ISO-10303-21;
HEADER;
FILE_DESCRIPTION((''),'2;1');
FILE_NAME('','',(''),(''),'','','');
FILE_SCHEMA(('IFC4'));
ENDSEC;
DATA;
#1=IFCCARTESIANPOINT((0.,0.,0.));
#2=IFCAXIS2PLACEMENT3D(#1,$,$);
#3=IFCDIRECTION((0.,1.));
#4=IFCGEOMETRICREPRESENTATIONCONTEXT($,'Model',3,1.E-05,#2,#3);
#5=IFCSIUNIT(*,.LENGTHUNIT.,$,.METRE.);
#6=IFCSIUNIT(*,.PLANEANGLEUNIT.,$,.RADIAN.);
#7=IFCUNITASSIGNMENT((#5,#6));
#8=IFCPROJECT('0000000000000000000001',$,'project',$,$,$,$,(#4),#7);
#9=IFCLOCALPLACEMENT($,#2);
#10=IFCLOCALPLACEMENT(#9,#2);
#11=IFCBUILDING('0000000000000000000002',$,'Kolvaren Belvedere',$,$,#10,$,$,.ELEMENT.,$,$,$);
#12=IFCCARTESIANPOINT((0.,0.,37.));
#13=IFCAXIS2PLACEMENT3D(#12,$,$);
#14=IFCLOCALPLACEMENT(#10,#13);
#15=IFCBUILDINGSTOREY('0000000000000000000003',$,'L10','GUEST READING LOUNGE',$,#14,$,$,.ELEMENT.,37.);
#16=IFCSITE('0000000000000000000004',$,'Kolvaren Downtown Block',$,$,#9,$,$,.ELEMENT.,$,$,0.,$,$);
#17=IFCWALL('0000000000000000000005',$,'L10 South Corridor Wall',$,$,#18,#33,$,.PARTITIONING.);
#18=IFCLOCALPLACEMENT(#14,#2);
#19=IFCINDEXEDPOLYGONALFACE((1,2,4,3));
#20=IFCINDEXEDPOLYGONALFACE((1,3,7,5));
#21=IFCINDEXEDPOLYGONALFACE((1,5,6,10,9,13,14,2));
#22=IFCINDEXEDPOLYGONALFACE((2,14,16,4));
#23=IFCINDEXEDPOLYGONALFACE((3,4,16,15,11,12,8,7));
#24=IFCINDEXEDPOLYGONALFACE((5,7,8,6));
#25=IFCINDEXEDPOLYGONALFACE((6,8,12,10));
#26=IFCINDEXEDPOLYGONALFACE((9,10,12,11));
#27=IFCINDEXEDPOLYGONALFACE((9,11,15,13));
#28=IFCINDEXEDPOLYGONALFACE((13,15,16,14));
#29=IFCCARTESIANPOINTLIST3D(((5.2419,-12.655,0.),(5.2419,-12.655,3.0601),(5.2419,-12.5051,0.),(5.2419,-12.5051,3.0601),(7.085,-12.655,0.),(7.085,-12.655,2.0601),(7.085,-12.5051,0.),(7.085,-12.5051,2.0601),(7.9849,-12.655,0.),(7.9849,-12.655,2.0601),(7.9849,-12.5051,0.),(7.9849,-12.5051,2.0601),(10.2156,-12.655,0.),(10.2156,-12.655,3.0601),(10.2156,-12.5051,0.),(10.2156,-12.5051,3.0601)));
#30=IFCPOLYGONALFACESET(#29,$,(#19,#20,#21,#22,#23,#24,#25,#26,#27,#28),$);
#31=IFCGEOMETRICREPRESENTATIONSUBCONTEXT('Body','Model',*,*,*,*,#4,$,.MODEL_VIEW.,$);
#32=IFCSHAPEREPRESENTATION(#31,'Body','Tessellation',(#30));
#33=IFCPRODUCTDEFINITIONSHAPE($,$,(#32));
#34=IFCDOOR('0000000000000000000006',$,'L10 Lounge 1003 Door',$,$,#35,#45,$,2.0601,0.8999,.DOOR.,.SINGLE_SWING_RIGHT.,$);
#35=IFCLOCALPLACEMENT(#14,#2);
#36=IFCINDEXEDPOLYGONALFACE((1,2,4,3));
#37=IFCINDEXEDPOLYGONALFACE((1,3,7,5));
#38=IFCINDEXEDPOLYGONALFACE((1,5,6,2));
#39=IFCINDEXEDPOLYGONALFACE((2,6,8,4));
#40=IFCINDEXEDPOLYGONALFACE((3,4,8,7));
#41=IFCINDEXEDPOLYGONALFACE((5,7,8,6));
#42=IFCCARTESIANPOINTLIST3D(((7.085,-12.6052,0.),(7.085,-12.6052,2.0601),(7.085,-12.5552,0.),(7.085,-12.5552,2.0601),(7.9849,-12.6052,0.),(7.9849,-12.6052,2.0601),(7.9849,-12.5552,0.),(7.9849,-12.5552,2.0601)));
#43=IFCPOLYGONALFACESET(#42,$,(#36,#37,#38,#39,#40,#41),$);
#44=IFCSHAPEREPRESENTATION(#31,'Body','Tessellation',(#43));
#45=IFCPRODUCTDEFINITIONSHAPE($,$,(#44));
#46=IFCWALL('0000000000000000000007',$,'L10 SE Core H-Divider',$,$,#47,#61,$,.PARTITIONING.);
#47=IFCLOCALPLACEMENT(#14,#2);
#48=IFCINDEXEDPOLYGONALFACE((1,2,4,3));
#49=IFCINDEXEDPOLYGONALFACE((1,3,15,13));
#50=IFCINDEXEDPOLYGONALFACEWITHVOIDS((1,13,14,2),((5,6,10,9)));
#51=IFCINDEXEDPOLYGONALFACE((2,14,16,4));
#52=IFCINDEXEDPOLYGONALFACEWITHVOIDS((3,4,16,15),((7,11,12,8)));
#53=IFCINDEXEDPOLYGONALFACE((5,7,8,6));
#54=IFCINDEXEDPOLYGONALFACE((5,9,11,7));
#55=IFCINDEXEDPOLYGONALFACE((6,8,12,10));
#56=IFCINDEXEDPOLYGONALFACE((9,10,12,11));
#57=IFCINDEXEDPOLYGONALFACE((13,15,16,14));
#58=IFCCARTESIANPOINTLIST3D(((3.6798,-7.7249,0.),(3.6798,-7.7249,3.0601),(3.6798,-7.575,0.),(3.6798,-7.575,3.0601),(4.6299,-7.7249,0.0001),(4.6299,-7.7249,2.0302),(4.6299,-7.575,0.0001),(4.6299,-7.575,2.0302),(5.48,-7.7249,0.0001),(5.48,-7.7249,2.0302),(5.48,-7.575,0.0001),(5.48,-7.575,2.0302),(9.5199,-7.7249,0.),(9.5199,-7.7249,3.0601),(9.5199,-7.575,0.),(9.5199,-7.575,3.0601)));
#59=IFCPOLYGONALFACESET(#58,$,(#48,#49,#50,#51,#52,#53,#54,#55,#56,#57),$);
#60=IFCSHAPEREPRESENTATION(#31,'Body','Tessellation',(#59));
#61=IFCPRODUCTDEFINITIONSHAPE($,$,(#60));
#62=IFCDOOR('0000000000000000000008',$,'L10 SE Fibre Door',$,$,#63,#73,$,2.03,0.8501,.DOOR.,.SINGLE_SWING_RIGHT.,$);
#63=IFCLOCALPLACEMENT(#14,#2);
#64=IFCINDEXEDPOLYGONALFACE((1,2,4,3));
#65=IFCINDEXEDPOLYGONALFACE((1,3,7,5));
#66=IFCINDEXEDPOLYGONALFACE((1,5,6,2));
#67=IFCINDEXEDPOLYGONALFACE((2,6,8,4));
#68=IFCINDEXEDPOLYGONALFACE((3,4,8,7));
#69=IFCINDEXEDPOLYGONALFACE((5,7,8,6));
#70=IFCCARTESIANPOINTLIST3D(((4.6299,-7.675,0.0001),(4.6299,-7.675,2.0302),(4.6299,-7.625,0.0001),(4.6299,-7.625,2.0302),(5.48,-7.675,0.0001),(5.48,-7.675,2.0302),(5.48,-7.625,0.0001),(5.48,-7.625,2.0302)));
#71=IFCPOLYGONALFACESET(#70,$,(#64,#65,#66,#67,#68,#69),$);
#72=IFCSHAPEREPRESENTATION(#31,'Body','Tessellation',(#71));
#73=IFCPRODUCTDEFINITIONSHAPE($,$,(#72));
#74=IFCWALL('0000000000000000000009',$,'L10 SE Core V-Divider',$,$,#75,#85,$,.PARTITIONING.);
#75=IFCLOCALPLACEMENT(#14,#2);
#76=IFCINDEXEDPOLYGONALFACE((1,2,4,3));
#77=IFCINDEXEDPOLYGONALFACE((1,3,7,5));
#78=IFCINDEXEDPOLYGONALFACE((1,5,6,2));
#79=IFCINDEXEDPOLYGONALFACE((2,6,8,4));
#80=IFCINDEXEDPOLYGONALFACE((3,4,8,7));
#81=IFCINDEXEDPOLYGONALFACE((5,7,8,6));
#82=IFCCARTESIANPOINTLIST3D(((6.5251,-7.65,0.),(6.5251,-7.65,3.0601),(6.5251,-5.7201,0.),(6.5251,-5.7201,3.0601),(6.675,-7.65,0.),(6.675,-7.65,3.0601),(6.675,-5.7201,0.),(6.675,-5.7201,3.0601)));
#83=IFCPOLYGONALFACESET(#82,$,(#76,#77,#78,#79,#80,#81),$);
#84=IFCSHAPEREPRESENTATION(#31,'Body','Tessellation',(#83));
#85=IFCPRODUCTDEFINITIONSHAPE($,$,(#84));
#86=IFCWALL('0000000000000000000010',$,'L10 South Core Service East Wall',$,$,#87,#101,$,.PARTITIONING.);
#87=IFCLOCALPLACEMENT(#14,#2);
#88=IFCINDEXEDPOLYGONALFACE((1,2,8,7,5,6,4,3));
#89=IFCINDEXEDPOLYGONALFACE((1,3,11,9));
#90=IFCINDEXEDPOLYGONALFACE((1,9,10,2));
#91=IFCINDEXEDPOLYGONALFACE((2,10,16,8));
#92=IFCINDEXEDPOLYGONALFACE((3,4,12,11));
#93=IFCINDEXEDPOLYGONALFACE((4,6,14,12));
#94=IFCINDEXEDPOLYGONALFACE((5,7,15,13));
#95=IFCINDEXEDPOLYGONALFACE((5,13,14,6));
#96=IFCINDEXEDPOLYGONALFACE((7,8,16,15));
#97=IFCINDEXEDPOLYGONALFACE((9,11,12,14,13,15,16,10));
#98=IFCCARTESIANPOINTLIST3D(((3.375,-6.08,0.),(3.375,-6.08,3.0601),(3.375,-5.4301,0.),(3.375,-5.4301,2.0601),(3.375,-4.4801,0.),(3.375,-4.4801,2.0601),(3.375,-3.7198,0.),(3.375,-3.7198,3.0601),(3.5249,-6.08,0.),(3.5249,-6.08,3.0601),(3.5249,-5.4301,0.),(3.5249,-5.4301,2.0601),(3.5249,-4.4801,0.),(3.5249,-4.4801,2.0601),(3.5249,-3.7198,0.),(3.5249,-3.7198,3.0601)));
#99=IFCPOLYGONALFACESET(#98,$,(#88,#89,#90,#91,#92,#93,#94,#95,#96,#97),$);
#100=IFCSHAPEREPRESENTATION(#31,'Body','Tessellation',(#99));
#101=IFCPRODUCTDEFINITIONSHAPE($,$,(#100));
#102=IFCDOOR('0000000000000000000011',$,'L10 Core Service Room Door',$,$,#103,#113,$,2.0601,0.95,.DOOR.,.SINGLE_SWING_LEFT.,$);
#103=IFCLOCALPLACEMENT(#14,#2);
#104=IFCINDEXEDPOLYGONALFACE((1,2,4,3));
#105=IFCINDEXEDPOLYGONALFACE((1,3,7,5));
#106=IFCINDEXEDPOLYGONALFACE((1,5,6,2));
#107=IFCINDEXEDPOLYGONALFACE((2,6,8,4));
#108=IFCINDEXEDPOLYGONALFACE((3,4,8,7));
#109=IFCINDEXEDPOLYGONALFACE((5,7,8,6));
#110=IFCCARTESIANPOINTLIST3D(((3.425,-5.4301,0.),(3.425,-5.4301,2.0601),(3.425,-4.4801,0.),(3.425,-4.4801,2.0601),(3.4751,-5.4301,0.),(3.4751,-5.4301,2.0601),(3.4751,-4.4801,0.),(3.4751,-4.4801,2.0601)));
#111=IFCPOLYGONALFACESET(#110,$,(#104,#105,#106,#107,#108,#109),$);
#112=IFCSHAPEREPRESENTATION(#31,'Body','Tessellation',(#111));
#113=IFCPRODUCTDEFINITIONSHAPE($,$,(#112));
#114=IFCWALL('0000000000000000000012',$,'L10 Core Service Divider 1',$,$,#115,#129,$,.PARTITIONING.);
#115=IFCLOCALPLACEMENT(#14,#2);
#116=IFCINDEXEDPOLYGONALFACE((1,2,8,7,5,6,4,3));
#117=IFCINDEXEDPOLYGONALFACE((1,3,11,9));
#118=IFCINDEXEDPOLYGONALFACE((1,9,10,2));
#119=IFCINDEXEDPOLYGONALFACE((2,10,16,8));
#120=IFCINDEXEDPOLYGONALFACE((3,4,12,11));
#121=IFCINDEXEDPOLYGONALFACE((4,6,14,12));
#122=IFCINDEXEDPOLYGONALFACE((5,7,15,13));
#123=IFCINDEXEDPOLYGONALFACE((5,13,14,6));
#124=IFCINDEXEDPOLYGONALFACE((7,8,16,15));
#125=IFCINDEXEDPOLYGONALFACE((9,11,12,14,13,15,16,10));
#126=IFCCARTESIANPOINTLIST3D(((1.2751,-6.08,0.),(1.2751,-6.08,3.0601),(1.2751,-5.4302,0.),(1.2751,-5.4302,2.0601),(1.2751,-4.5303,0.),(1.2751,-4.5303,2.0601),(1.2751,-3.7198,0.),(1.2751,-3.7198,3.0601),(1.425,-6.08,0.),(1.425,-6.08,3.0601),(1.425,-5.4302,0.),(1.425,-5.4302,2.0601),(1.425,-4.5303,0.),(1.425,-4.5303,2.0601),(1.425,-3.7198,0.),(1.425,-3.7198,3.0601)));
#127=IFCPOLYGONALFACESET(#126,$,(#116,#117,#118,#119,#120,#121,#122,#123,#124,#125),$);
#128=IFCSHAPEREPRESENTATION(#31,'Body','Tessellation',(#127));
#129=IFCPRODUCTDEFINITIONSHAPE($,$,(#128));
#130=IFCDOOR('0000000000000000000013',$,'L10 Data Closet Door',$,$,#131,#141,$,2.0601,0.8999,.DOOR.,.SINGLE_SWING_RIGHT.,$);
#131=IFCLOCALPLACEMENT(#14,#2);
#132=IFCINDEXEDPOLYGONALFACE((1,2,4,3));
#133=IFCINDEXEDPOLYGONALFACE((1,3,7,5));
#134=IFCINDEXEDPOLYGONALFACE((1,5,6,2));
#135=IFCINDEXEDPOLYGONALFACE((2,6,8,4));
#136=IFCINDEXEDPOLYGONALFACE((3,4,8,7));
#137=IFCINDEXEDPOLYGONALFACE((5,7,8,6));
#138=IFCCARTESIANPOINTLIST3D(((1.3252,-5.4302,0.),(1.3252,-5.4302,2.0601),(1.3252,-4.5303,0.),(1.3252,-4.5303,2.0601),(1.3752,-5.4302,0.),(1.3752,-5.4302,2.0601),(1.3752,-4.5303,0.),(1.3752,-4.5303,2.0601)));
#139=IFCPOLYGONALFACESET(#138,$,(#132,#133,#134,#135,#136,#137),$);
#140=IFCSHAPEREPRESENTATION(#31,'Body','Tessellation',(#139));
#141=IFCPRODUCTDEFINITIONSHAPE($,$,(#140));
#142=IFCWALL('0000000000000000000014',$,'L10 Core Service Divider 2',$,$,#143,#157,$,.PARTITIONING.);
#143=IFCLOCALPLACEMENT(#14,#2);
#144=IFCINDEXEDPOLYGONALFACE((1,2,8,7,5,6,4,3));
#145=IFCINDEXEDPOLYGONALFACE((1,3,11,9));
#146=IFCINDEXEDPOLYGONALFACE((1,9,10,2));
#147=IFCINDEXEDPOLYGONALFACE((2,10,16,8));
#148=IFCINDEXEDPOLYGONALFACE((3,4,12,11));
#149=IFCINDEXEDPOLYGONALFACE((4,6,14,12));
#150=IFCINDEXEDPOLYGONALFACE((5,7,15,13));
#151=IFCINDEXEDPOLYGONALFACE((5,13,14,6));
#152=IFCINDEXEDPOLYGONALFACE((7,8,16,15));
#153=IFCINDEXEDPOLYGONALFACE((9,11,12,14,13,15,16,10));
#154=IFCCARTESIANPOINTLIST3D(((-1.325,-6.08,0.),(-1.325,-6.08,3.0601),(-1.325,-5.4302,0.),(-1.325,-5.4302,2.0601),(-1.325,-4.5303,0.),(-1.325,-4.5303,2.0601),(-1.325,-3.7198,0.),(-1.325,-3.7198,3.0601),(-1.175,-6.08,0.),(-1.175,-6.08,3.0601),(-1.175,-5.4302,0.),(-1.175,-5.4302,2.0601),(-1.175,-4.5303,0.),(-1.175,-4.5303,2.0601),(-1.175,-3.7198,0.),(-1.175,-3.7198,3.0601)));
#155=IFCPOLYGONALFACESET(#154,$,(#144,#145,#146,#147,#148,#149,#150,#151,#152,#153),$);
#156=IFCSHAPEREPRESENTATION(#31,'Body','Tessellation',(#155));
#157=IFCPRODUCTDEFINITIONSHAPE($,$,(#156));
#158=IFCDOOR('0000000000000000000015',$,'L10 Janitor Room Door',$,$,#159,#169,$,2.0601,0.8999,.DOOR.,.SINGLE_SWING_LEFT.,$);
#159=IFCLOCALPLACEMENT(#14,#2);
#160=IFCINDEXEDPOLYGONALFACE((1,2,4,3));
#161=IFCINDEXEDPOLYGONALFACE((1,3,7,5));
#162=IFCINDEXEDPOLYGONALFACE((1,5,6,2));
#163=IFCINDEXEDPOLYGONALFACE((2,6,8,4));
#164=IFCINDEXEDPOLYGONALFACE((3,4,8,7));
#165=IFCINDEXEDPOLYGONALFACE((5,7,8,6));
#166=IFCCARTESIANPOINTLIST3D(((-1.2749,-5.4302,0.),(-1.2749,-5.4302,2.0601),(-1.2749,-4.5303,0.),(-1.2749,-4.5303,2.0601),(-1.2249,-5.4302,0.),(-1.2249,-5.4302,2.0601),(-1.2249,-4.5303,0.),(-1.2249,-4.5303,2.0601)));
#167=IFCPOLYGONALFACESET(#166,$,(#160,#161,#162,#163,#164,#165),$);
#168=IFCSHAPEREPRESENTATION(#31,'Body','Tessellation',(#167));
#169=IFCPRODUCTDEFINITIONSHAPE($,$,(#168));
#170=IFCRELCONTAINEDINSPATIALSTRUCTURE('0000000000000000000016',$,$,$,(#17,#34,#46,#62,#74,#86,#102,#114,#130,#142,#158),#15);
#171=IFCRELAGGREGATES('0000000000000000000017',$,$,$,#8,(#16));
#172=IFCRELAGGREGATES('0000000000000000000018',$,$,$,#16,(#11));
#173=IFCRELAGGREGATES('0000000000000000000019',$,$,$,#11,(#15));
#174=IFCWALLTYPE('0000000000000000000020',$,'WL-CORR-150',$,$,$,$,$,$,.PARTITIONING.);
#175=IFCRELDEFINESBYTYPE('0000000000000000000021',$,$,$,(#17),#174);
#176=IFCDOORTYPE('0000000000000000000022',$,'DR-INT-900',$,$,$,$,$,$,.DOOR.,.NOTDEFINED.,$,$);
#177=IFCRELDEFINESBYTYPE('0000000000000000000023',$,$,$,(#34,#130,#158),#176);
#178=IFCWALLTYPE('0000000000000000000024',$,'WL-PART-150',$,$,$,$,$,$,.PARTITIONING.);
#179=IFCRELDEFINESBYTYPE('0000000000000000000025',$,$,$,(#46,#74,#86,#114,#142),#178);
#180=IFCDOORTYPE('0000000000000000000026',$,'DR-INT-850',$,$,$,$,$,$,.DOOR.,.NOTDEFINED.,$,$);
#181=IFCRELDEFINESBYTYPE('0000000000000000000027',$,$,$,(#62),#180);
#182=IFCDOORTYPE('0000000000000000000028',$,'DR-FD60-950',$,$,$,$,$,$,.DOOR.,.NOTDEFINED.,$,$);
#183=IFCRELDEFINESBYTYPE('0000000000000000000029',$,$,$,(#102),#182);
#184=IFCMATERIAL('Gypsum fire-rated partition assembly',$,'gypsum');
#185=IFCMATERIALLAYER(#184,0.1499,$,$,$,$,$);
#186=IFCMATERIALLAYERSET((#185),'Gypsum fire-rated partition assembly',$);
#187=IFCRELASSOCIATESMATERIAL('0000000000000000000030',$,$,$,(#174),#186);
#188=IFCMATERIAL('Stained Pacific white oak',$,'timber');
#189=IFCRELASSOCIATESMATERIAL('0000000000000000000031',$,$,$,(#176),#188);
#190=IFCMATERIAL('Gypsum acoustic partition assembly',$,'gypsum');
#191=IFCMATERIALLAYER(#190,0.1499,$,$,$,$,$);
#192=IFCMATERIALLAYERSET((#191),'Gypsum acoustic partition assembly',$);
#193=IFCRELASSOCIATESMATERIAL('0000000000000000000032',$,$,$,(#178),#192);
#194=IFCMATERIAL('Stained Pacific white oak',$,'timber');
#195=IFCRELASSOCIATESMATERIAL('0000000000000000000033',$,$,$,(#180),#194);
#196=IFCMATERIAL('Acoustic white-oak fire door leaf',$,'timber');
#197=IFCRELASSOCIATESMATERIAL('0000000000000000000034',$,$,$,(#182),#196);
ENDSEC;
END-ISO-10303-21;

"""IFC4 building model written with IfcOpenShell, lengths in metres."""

from ifc_helpers import new_model, si_unit, direction, frame, frame_2d, origin, place, context, subcontext, project, spatial, rectangle, extrude, material, layer, layer_set, type_object, element, fill, save


model = new_model("IFC4")

# Units and contexts
model_context = context("Model", 3, precision=1e-05, world=origin(), true_north=direction((0.0, 1.0)))
body_context = subcontext(model_context, "Body", "Model", "MODEL_VIEW")
ifc_project = project(units=[si_unit("LENGTHUNIT", "METRE"), si_unit("PLANEANGLEUNIT", "RADIAN")], contexts=[model_context])

# Site, building, storey
site_placement = place(None, origin())
site = spatial("IfcSite", under=ifc_project, at=site_placement, Name="Kolvaren Downtown Block", CompositionType="ELEMENT", RefElevation=0.0)
building_placement = place(site_placement, origin())
building = spatial("IfcBuilding", under=site, at=building_placement, Name="Kolvaren Belvedere", CompositionType="ELEMENT")
storey_placement = place(building_placement, frame((0.0, 0.0, 37.0)))
storey = spatial("IfcBuildingStorey", under=building, at=storey_placement, Name="L10", Description="GUEST READING LOUNGE", CompositionType="ELEMENT", Elevation=37.0)

# Shared definitions
ifc_material_1 = material(Name="Gypsum fire-rated partition assembly", Category="gypsum")
ifc_layer_1 = layer(ifc_material_1, 0.1499)
ifc_layer_set_1 = layer_set([ifc_layer_1], Name="Gypsum fire-rated partition assembly")
wall_type_1 = type_object("IfcWallType", Name="WL-CORR-150", PredefinedType="PARTITIONING", material=ifc_layer_set_1)

# Walls, openings, doors
wall_1_placement = place(storey_placement, frame((5.2419, -12.5801, 0.0), z_axis=(0.0, 0.0, 1.0), x_axis=(1.0, 0.0, 0.0)))
wall_1 = element("IfcWall", 1, at=wall_1_placement, inside=storey, type_object=wall_type_1, Name="L10 South Corridor Wall", PredefinedType="PARTITIONING", context=body_context, shape_type="SweptSolid", body=[
    extrude(rectangle(XDim=4.9736, YDim=0.1499, at=frame_2d((2.4868, 0.0))), origin(), (0.0, 0.0, 1.0), 3.0601),
])
opening_1_placement = place(wall_1_placement, frame((1.843, 0.0, 0.0)))
opening_1 = element("IfcOpeningElement", 2, at=opening_1_placement, cuts=wall_1, PredefinedType="OPENING", context=body_context, shape_type="SweptSolid", body=[
    extrude(rectangle(XDim=0.8999, YDim=2.0601, at=frame_2d((0.45, 1.03))), frame((0.0, 0.085, 0.0), z_axis=(0.0, -1.0, 0.0), x_axis=(1.0, 0.0, 0.0)), (0.0, 0.0, 1.0), 0.1699),
])
ifc_material_2 = material(Name="Stained Pacific white oak", Category="timber")
door_type_1 = type_object("IfcDoorType", Name="DR-INT-900", OperationType="NOTDEFINED", PredefinedType="DOOR", material=ifc_material_2)
door_1_placement = place(opening_1_placement, origin())
door_1 = element("IfcDoor", 3, at=door_1_placement, inside=storey, type_object=door_type_1, Name="L10 Lounge 1003 Door", OperationType="SINGLE_SWING_RIGHT", OverallHeight=2.0601, OverallWidth=0.8999, PredefinedType="DOOR", context=body_context, shape_type="SweptSolid", body=[
    extrude(rectangle(XDim=0.8999, YDim=2.0601, at=frame_2d((0.45, 1.03))), frame((0.0, 0.0249, 0.0), z_axis=(0.0, -1.0, 0.0), x_axis=(1.0, 0.0, 0.0)), (0.0, 0.0, 1.0), 0.05),
])
fill(opening_1, door_1)
ifc_material_3 = material(Name="Gypsum acoustic partition assembly", Category="gypsum")
ifc_layer_2 = layer(ifc_material_3, 0.1499)
ifc_layer_set_2 = layer_set([ifc_layer_2], Name="Gypsum acoustic partition assembly")
wall_type_2 = type_object("IfcWallType", Name="WL-PART-150", PredefinedType="PARTITIONING", material=ifc_layer_set_2)
wall_2_placement = place(storey_placement, frame((3.6799, -7.6499, 0.0), z_axis=(0.0, 0.0, 1.0), x_axis=(1.0, 0.0, 0.0)))
wall_2 = element("IfcWall", 4, at=wall_2_placement, inside=storey, type_object=wall_type_2, Name="L10 SE Core H-Divider", PredefinedType="PARTITIONING", context=body_context, shape_type="SweptSolid", body=[
    extrude(rectangle(XDim=5.8401, YDim=0.1499, at=frame_2d((2.9199, 0.0))), origin(), (0.0, 0.0, 1.0), 3.0601),
])
opening_2_placement = place(wall_2_placement, frame((0.95, 0.0, 0.0)))
opening_2 = element("IfcOpeningElement", 5, at=opening_2_placement, cuts=wall_2, PredefinedType="OPENING", context=body_context, shape_type="SweptSolid", body=[
    extrude(rectangle(XDim=0.8501, YDim=2.03, at=frame_2d((0.425, 1.0151))), frame((0.0, 0.085, 0.0), z_axis=(0.0, -1.0, 0.0), x_axis=(1.0, 0.0, 0.0)), (0.0, 0.0, 1.0), 0.1699),
])
ifc_material_4 = material(Name="Stained Pacific white oak", Category="timber")
door_type_2 = type_object("IfcDoorType", Name="DR-INT-850", OperationType="NOTDEFINED", PredefinedType="DOOR", material=ifc_material_4)
door_2_placement = place(opening_2_placement, origin())
door_2 = element("IfcDoor", 6, at=door_2_placement, inside=storey, type_object=door_type_2, Name="L10 SE Fibre Door", OperationType="SINGLE_SWING_RIGHT", OverallHeight=2.03, OverallWidth=0.8501, PredefinedType="DOOR", context=body_context, shape_type="SweptSolid", body=[
    extrude(rectangle(XDim=0.8501, YDim=2.03, at=frame_2d((0.425, 1.0151))), frame((0.0, 0.0249, 0.0), z_axis=(0.0, -1.0, 0.0), x_axis=(1.0, 0.0, 0.0)), (0.0, 0.0, 1.0), 0.05),
])
fill(opening_2, door_2)

# Wall
wall_3_placement = place(storey_placement, frame((6.6001, -7.6499, 0.0), z_axis=(0.0, 0.0, 1.0), x_axis=(0.0, 1.0, 0.0)))
element("IfcWall", 7, at=wall_3_placement, inside=storey, type_object=wall_type_2, Name="L10 SE Core V-Divider", PredefinedType="PARTITIONING", context=body_context, shape_type="SweptSolid", body=[
    extrude(rectangle(XDim=1.9299, YDim=0.1499, at=frame_2d((0.9648, 0.0))), origin(), (0.0, 0.0, 1.0), 3.0601),
])

# Walls, openings, doors
wall_4_placement = place(storey_placement, frame((3.45, -6.0801, 0.0), z_axis=(0.0, 0.0, 1.0), x_axis=(0.0, 1.0, 0.0)))
wall_4 = element("IfcWall", 8, at=wall_4_placement, inside=storey, type_object=wall_type_2, Name="L10 South Core Service East Wall", PredefinedType="PARTITIONING", context=body_context, shape_type="SweptSolid", body=[
    extrude(rectangle(XDim=2.3601, YDim=0.1499, at=frame_2d((1.1802, 0.0))), origin(), (0.0, 0.0, 1.0), 3.0601),
])
opening_3_placement = place(wall_4_placement, frame((0.6499, 0.0, 0.0)))
opening_3 = element("IfcOpeningElement", 9, at=opening_3_placement, cuts=wall_4, PredefinedType="OPENING", context=body_context, shape_type="SweptSolid", body=[
    extrude(rectangle(XDim=0.95, YDim=2.0601, at=frame_2d((0.4751, 1.03))), frame((0.0, 0.085, 0.0), z_axis=(0.0, -1.0, 0.0), x_axis=(1.0, 0.0, 0.0)), (0.0, 0.0, 1.0), 0.1699),
])
ifc_material_5 = material(Name="Acoustic white-oak fire door leaf", Category="timber")
door_type_3 = type_object("IfcDoorType", Name="DR-FD60-950", OperationType="NOTDEFINED", PredefinedType="DOOR", material=ifc_material_5)
door_3_placement = place(opening_3_placement, origin())
door_3 = element("IfcDoor", 10, at=door_3_placement, inside=storey, type_object=door_type_3, Name="L10 Core Service Room Door", OperationType="SINGLE_SWING_LEFT", OverallHeight=2.0601, OverallWidth=0.95, PredefinedType="DOOR", context=body_context, shape_type="SweptSolid", body=[
    extrude(rectangle(XDim=0.95, YDim=2.0601, at=frame_2d((0.4751, 1.03))), frame((0.0, 0.0249, 0.0), z_axis=(0.0, -1.0, 0.0), x_axis=(1.0, 0.0, 0.0)), (0.0, 0.0, 1.0), 0.05),
])
fill(opening_3, door_3)
wall_5_placement = place(storey_placement, frame((1.3501, -6.0801, 0.0), z_axis=(0.0, 0.0, 1.0), x_axis=(0.0, 1.0, 0.0)))
wall_5 = element("IfcWall", 11, at=wall_5_placement, inside=storey, type_object=wall_type_2, Name="L10 Core Service Divider 1", PredefinedType="PARTITIONING", context=body_context, shape_type="SweptSolid", body=[
    extrude(rectangle(XDim=2.3601, YDim=0.1499, at=frame_2d((1.1802, 0.0))), origin(), (0.0, 0.0, 1.0), 3.0601),
])
opening_4_placement = place(wall_5_placement, frame((0.6499, 0.0, 0.0)))
opening_4 = element("IfcOpeningElement", 12, at=opening_4_placement, cuts=wall_5, PredefinedType="OPENING", context=body_context, shape_type="SweptSolid", body=[
    extrude(rectangle(XDim=0.8999, YDim=2.0601, at=frame_2d((0.45, 1.03))), frame((0.0, 0.085, 0.0), z_axis=(0.0, -1.0, 0.0), x_axis=(1.0, 0.0, 0.0)), (0.0, 0.0, 1.0), 0.1699),
])
door_4_placement = place(opening_4_placement, origin())
door_4 = element("IfcDoor", 13, at=door_4_placement, inside=storey, type_object=door_type_1, Name="L10 Data Closet Door", OperationType="SINGLE_SWING_RIGHT", OverallHeight=2.0601, OverallWidth=0.8999, PredefinedType="DOOR", context=body_context, shape_type="SweptSolid", body=[
    extrude(rectangle(XDim=0.8999, YDim=2.0601, at=frame_2d((0.45, 1.03))), frame((0.0, 0.0249, 0.0), z_axis=(0.0, -1.0, 0.0), x_axis=(1.0, 0.0, 0.0)), (0.0, 0.0, 1.0), 0.05),
])
fill(opening_4, door_4)
wall_6_placement = place(storey_placement, frame((-1.25, -6.0801, 0.0), z_axis=(0.0, 0.0, 1.0), x_axis=(0.0, 1.0, 0.0)))
wall_6 = element("IfcWall", 14, at=wall_6_placement, inside=storey, type_object=wall_type_2, Name="L10 Core Service Divider 2", PredefinedType="PARTITIONING", context=body_context, shape_type="SweptSolid", body=[
    extrude(rectangle(XDim=2.3601, YDim=0.1499, at=frame_2d((1.1802, 0.0))), origin(), (0.0, 0.0, 1.0), 3.0601),
])
opening_5_placement = place(wall_6_placement, frame((0.6499, 0.0, 0.0)))
opening_5 = element("IfcOpeningElement", 15, at=opening_5_placement, cuts=wall_6, PredefinedType="OPENING", context=body_context, shape_type="SweptSolid", body=[
    extrude(rectangle(XDim=0.8999, YDim=2.0601, at=frame_2d((0.45, 1.03))), frame((0.0, 0.085, 0.0), z_axis=(0.0, -1.0, 0.0), x_axis=(1.0, 0.0, 0.0)), (0.0, 0.0, 1.0), 0.1699),
])
door_5_placement = place(opening_5_placement, origin())
door_5 = element("IfcDoor", 16, at=door_5_placement, inside=storey, type_object=door_type_1, Name="L10 Janitor Room Door", OperationType="SINGLE_SWING_LEFT", OverallHeight=2.0601, OverallWidth=0.8999, PredefinedType="DOOR", context=body_context, shape_type="SweptSolid", body=[
    extrude(rectangle(XDim=0.8999, YDim=2.0601, at=frame_2d((0.45, 1.03))), frame((0.0, 0.0249, 0.0), z_axis=(0.0, -1.0, 0.0), x_axis=(1.0, 0.0, 0.0)), (0.0, 0.0, 1.0), 0.05),
])
fill(opening_5, door_5)

save(model, "model.ifc")
